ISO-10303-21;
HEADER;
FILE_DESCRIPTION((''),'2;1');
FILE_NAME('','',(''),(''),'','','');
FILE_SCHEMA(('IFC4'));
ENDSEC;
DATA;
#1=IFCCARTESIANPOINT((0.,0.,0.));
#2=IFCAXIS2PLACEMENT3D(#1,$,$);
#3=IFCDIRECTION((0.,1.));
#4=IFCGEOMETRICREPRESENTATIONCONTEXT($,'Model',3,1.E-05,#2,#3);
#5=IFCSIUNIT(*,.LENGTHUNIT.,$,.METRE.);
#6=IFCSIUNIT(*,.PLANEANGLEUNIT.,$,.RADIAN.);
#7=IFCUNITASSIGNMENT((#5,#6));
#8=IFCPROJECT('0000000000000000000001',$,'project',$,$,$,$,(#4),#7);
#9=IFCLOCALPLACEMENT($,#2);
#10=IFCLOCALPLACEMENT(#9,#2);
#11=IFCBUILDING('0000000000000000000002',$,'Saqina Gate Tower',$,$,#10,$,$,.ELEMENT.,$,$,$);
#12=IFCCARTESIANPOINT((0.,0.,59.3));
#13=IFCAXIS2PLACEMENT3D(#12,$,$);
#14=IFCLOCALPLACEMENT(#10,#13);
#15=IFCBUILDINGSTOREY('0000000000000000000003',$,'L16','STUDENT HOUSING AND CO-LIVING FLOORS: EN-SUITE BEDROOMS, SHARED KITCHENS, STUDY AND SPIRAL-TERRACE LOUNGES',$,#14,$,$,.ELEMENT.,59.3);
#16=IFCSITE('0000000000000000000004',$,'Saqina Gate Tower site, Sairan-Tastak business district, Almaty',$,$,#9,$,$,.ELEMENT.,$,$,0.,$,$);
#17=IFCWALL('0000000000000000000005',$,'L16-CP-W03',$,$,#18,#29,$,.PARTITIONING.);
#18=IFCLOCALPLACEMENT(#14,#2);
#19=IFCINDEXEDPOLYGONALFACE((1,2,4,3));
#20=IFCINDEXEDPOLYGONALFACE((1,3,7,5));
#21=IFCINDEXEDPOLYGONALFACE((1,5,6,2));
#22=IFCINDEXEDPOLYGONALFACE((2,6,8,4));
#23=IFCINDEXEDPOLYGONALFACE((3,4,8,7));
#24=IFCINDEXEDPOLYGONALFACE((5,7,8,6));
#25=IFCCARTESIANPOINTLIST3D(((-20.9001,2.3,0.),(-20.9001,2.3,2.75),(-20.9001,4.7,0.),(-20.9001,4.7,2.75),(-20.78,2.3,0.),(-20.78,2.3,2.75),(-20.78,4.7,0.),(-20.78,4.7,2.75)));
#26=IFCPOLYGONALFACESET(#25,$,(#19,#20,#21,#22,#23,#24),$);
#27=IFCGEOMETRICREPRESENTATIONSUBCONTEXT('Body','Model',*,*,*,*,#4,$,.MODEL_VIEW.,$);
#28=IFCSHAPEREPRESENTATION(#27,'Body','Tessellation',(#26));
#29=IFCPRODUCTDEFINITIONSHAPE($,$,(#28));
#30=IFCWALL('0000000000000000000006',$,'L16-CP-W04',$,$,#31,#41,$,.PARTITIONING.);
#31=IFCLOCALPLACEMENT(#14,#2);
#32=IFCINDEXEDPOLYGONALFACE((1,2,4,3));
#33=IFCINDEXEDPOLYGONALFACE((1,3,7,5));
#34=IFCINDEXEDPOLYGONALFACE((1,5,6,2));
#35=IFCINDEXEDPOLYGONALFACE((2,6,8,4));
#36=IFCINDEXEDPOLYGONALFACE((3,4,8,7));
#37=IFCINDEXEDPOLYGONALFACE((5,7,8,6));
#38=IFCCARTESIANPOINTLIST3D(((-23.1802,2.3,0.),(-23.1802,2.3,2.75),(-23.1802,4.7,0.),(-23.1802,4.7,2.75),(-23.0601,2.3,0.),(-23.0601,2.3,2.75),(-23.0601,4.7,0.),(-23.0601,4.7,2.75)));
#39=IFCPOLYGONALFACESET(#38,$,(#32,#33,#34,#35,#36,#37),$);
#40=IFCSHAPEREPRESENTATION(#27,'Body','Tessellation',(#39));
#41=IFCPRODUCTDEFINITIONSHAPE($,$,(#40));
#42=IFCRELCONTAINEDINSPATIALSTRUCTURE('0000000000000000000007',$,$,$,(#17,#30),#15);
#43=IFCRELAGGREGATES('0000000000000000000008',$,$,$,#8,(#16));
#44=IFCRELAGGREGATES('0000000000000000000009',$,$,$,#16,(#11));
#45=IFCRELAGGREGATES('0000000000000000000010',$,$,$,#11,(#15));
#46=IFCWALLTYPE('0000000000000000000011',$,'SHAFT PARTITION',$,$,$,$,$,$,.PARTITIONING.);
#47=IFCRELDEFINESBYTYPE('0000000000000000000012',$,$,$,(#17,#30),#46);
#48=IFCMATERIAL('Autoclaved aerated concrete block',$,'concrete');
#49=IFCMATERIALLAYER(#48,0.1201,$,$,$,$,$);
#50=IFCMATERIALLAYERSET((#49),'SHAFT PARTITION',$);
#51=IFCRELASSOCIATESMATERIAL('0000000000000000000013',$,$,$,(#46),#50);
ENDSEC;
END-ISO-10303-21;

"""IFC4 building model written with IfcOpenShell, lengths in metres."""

from ifc_helpers import new_model, si_unit, direction, frame, frame_2d, origin, place, context, subcontext, project, spatial, rectangle, extrude, material, layer, layer_set, type_object, element, save


model = new_model("IFC4")

# Units and contexts
model_context = context("Model", 3, precision=1e-05, world=origin(), true_north=direction((0.0, 1.0)))
body_context = subcontext(model_context, "Body", "Model", "MODEL_VIEW")
ifc_project = project(units=[si_unit("LENGTHUNIT", "METRE"), si_unit("PLANEANGLEUNIT", "RADIAN")], contexts=[model_context])

# Site, building, storey
site_placement = place(None, origin())
site = spatial("IfcSite", under=ifc_project, at=site_placement, Name="Saqina Gate Tower site, Sairan-Tastak business district, Almaty", CompositionType="ELEMENT", RefElevation=0.0)
building_placement = place(site_placement, origin())
building = spatial("IfcBuilding", under=site, at=building_placement, Name="Saqina Gate Tower", CompositionType="ELEMENT")
storey_placement = place(building_placement, frame((0.0, 0.0, 59.3)))
storey = spatial("IfcBuildingStorey", under=building, at=storey_placement, Name="L16", Description="STUDENT HOUSING AND CO-LIVING FLOORS: EN-SUITE BEDROOMS, SHARED KITCHENS, STUDY AND SPIRAL-TERRACE LOUNGES", CompositionType="ELEMENT", Elevation=59.3)

# Walls
ifc_material_1 = material(Name="Autoclaved aerated concrete block", Category="concrete")
ifc_layer_1 = layer(ifc_material_1, 0.1201)
ifc_layer_set_1 = layer_set([ifc_layer_1], Name="SHAFT PARTITION")
wall_type_1 = type_object("IfcWallType", Name="SHAFT PARTITION", PredefinedType="PARTITIONING", material=ifc_layer_set_1)
for number, where, z_axis, x_axis, name in (
    (1, (-20.8401, 2.3, 0.0), (0.0, 0.0, 1.0), (0.0, 1.0, 0.0), "L16-CP-W03"),
    (2, (-23.1201, 2.3, 0.0), (0.0, 0.0, 1.0), (0.0, 1.0, 0.0), "L16-CP-W04"),
):
    element("IfcWall", number, at=place(storey_placement, frame(where, z_axis=z_axis, x_axis=x_axis)), inside=storey, type_object=wall_type_1, Name=name, PredefinedType="PARTITIONING", context=body_context, shape_type="SweptSolid", body=[
        extrude(rectangle(XDim=2.3999, YDim=0.1201, at=frame_2d((1.2, 0.0))), origin(), (0.0, 0.0, 1.0), 2.75),
    ])

save(model, "model.ifc")
